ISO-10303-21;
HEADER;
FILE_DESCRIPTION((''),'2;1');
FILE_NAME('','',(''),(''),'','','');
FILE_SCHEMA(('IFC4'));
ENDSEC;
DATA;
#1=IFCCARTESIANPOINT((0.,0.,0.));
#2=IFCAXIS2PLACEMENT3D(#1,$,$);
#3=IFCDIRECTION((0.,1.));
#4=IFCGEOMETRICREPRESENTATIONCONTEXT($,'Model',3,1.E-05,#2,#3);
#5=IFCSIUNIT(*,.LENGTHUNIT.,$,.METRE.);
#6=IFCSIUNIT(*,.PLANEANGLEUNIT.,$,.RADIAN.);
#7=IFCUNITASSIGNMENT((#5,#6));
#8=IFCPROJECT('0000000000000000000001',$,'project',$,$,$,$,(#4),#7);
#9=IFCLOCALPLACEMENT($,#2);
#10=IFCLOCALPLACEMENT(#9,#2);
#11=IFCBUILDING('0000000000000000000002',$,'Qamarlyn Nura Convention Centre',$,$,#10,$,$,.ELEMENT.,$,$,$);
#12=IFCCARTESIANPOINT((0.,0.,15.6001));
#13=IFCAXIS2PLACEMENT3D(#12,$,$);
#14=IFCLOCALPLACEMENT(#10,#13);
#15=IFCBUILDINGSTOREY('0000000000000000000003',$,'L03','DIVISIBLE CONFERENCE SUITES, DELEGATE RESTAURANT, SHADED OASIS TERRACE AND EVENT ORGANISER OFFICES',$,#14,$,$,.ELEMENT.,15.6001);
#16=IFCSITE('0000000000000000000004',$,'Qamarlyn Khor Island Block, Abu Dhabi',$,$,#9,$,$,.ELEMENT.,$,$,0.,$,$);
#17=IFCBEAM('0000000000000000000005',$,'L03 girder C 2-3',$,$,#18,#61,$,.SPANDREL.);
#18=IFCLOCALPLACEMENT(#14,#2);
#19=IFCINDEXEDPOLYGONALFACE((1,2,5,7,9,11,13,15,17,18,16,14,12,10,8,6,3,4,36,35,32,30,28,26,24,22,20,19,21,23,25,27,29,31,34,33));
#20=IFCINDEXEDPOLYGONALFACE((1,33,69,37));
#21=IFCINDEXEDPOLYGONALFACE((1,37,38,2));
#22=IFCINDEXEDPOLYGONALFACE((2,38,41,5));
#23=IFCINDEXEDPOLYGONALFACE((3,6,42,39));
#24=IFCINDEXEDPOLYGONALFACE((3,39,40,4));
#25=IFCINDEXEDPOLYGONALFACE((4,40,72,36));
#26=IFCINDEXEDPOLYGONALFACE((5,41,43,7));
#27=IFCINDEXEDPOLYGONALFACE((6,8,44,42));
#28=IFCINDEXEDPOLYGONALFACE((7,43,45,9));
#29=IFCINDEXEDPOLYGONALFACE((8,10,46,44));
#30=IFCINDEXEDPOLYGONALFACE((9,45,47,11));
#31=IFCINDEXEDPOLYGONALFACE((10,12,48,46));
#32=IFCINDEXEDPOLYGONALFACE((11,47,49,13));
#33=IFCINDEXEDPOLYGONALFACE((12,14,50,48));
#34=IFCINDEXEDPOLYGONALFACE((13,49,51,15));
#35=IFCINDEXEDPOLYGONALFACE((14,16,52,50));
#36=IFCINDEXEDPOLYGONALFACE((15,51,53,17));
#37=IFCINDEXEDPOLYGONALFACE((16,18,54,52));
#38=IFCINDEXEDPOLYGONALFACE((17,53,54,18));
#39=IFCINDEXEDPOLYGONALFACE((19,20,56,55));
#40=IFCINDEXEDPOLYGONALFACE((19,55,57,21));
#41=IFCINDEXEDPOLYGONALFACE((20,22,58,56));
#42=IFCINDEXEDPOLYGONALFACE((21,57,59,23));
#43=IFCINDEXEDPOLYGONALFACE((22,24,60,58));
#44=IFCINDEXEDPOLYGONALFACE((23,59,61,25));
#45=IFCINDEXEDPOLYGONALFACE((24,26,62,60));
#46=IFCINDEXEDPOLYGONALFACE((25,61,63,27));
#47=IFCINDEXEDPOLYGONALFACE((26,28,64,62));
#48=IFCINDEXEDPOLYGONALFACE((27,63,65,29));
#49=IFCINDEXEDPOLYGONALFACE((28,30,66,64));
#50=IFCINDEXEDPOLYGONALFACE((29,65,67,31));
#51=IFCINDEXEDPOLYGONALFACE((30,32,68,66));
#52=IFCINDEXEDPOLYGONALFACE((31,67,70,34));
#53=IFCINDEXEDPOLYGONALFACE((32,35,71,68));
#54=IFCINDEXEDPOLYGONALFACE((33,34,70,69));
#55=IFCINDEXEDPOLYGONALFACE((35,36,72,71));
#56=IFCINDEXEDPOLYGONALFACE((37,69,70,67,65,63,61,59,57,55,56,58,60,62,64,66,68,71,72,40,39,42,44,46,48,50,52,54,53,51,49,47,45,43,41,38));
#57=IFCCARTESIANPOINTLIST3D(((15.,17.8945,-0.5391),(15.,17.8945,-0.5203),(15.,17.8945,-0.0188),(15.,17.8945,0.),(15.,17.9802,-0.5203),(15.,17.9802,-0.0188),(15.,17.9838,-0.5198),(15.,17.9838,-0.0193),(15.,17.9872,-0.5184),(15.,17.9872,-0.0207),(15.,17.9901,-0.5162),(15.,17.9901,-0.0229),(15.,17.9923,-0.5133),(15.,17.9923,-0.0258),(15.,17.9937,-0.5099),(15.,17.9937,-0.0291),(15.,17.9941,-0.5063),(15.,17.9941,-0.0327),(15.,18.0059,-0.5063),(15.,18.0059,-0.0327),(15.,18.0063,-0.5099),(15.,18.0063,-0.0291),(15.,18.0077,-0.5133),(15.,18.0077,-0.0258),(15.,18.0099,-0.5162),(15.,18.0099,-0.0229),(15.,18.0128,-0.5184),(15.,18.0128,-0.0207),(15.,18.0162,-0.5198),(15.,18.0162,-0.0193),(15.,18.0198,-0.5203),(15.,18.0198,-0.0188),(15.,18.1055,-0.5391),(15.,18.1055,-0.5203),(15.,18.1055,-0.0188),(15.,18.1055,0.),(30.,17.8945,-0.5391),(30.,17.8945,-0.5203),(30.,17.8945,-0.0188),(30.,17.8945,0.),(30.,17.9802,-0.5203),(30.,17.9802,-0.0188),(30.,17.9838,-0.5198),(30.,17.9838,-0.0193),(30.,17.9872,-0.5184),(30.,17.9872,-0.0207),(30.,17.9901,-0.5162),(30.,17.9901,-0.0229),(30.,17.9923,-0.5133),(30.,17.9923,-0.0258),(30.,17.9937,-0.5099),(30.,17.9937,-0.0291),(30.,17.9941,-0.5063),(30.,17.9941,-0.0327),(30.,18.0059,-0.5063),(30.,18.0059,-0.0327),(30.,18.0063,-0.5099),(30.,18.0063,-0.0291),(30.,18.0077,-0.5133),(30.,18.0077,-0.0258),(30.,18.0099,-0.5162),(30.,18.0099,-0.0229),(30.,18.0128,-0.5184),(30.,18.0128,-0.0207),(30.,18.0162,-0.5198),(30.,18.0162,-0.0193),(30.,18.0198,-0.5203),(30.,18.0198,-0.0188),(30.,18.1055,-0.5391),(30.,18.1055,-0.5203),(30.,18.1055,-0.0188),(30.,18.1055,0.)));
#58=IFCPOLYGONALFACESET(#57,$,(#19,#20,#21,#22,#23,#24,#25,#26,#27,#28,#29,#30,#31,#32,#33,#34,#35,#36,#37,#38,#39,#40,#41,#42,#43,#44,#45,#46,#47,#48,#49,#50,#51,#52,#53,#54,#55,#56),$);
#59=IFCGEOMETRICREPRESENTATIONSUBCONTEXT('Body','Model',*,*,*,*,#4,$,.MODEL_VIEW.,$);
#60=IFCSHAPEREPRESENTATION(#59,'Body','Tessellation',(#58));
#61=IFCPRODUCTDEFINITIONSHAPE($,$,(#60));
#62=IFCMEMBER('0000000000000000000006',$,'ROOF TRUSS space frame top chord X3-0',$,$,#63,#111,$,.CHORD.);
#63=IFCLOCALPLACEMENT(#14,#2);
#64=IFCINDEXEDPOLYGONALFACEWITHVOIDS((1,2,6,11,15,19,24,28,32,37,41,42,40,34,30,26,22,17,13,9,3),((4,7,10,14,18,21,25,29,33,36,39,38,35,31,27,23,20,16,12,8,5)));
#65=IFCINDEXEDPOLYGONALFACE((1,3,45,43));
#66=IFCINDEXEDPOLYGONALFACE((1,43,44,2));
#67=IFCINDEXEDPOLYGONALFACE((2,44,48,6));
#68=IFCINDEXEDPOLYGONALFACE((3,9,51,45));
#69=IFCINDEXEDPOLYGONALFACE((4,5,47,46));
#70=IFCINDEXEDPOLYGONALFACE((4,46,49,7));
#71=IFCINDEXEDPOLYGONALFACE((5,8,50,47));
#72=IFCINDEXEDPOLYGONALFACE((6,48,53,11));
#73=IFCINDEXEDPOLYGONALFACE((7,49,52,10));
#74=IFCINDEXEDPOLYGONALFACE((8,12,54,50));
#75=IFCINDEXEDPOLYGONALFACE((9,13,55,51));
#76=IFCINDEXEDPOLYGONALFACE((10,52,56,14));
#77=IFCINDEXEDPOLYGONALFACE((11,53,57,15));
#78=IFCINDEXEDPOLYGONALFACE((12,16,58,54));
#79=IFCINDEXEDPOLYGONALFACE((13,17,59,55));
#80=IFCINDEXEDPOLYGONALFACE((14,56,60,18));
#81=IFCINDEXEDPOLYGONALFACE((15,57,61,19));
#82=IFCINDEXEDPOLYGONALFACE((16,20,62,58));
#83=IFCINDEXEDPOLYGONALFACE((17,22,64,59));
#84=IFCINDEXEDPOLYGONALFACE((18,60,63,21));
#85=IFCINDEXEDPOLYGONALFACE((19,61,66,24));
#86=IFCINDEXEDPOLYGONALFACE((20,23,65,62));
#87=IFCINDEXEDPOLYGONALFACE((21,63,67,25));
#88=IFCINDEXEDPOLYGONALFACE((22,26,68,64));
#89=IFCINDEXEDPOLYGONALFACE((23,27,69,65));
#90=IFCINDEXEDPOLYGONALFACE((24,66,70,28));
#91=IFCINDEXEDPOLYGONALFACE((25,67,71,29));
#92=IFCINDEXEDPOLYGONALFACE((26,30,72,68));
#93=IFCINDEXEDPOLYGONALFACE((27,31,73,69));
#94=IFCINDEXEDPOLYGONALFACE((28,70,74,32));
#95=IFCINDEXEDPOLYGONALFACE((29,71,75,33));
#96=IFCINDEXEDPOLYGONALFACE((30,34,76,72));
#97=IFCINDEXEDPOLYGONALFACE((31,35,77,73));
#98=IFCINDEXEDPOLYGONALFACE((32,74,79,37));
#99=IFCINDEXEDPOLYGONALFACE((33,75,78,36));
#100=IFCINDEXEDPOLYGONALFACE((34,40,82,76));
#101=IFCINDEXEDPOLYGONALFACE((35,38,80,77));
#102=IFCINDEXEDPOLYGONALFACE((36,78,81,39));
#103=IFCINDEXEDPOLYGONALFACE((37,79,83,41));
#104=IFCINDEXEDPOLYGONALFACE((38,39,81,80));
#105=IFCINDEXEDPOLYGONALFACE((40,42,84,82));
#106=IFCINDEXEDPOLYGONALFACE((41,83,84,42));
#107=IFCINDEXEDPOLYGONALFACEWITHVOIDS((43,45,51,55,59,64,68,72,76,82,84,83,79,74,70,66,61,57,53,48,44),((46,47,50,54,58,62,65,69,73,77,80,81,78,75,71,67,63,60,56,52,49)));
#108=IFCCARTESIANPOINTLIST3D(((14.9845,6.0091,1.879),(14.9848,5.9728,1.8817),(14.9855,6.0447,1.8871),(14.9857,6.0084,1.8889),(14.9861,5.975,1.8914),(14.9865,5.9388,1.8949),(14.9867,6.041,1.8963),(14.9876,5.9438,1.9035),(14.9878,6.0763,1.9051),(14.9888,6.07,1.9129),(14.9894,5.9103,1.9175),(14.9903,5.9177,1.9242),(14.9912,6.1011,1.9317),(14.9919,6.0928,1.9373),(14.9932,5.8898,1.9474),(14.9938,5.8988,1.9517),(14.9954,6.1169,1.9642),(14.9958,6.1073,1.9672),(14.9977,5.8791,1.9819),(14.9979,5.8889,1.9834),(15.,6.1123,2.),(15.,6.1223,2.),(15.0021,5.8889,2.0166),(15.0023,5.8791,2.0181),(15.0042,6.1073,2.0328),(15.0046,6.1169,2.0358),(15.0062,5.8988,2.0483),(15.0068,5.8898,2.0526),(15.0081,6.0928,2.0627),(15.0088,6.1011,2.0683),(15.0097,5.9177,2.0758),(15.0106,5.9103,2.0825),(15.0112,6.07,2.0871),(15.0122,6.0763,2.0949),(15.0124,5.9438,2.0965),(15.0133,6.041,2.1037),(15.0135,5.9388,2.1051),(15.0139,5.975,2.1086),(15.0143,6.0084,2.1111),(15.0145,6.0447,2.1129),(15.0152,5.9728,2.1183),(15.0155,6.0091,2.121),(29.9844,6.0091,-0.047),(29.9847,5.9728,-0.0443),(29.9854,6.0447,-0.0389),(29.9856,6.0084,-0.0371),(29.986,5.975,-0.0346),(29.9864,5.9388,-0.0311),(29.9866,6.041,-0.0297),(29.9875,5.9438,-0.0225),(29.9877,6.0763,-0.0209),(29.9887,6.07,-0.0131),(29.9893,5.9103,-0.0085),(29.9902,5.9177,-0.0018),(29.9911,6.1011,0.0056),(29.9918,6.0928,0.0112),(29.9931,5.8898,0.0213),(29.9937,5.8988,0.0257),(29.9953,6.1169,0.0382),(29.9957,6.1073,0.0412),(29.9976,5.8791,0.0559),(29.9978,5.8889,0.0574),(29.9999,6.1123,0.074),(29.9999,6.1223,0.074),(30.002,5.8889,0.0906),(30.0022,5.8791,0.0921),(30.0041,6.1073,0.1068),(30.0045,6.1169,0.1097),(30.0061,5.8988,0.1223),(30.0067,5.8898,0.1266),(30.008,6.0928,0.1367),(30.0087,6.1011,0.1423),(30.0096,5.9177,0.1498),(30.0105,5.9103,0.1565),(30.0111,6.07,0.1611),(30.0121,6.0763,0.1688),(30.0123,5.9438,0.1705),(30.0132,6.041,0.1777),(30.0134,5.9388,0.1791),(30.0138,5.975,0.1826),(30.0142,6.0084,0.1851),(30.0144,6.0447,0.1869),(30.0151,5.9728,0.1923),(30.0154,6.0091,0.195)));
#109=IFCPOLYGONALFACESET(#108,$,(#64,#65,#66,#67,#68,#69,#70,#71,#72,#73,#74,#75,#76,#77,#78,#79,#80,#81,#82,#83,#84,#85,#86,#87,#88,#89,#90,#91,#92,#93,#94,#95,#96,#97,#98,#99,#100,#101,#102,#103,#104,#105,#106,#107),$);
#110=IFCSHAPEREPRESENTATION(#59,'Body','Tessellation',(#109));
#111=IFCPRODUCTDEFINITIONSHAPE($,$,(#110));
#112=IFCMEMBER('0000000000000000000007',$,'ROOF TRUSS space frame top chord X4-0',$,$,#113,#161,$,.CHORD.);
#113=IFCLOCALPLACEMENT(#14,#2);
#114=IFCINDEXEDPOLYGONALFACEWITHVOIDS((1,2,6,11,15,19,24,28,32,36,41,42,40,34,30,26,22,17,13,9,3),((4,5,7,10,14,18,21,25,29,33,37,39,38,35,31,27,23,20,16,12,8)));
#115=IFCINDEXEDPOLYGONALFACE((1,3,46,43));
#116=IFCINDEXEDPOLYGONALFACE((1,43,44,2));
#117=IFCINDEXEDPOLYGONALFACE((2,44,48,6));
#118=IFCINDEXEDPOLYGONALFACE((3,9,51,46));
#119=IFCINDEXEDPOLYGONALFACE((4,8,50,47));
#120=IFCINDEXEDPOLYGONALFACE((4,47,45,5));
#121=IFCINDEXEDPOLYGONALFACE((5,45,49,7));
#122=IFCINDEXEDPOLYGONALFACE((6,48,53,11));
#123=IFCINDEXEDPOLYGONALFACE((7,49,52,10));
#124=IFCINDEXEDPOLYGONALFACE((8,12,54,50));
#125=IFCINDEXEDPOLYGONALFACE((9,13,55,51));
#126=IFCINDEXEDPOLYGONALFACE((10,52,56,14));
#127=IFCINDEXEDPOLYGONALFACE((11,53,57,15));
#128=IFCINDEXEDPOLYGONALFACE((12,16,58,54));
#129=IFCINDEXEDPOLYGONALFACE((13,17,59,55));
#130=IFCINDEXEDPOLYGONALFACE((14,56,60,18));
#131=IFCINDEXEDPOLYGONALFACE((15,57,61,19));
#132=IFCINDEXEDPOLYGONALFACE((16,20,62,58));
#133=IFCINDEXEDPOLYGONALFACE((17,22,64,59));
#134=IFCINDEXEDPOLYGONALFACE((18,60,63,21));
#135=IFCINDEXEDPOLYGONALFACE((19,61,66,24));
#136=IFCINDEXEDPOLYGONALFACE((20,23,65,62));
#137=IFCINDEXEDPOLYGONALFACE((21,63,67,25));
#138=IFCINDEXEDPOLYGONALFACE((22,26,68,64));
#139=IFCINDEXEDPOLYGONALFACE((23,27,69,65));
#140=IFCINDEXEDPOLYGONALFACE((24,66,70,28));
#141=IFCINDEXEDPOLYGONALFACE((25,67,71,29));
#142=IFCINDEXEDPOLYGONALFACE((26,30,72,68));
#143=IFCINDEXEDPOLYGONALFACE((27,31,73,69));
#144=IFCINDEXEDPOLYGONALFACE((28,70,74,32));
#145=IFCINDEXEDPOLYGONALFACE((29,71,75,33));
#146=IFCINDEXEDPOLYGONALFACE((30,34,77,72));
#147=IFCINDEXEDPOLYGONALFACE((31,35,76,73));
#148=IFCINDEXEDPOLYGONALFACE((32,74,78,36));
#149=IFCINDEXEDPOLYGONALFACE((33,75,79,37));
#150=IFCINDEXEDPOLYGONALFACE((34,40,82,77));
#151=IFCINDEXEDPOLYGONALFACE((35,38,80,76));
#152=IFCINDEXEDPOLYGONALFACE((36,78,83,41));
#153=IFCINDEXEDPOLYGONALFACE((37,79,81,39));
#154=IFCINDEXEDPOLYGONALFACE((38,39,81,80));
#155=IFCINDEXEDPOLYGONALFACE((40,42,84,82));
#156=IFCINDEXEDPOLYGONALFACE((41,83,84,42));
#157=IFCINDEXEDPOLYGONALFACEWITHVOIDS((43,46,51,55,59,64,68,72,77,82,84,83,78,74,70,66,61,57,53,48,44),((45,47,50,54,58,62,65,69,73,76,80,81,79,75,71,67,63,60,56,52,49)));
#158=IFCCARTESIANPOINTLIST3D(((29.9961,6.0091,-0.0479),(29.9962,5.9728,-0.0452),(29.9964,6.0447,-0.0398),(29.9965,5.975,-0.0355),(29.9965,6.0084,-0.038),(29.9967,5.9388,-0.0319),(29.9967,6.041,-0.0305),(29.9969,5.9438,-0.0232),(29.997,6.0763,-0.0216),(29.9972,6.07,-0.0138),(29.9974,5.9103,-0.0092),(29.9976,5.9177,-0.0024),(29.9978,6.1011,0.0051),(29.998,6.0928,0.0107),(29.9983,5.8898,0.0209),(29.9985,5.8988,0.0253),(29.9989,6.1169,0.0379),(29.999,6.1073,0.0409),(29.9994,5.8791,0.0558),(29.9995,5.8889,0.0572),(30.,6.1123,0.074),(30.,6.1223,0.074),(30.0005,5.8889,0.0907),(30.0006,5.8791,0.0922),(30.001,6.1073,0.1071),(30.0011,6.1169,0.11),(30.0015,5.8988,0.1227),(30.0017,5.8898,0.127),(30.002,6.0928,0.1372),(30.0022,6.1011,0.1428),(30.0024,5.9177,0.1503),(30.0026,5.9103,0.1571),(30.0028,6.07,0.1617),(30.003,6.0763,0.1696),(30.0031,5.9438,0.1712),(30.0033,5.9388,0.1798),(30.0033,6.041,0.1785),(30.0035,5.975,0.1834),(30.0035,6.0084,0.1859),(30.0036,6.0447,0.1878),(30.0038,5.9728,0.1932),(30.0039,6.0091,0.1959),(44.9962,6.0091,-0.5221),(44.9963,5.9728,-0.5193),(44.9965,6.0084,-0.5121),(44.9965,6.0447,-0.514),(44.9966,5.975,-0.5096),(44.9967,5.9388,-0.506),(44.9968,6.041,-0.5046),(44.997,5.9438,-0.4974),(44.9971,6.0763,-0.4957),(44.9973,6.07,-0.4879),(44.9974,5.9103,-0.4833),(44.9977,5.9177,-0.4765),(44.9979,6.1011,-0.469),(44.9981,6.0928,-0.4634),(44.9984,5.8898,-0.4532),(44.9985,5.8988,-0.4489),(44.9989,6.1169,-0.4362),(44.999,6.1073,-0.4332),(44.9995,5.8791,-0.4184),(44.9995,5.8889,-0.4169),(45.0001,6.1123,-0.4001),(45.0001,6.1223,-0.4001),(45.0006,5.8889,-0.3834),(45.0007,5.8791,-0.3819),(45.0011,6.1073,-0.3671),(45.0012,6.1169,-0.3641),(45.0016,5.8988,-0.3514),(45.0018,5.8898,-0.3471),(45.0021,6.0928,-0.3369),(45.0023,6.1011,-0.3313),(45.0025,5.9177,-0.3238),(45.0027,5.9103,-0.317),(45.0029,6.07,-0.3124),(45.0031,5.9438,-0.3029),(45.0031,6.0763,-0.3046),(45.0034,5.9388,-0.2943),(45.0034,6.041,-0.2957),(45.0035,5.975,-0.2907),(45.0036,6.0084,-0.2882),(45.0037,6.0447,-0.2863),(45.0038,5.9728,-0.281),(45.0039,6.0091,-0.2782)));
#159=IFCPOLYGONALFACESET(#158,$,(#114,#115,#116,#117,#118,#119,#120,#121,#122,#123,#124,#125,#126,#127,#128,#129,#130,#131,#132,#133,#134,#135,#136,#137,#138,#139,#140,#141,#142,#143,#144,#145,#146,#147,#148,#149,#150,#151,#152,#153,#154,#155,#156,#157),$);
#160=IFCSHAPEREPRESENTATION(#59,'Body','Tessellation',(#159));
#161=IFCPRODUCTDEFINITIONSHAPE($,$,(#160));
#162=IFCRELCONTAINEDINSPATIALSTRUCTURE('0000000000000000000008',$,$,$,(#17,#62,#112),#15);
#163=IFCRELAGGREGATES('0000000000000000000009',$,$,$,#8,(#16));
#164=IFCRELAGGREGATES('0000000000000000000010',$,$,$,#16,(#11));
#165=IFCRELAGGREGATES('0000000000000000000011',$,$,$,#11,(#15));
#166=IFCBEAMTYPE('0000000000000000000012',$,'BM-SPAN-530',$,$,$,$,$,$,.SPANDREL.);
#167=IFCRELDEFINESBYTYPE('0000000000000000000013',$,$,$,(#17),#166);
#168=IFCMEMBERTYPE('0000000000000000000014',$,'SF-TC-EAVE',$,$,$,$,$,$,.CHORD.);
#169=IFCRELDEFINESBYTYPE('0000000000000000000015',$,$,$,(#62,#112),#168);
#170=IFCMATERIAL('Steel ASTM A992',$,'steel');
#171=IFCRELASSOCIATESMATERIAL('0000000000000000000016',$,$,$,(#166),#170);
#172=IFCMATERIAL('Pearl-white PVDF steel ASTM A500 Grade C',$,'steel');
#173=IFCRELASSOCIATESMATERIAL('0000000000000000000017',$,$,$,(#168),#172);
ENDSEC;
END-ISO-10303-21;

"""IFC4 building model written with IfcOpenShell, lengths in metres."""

from ifc_helpers import new_model, si_unit, direction, frame, origin, origin_2d, place, context, subcontext, project, spatial, hollow_circle, i_section, extrude, material, material_profile, profile_set, type_object, element, save


model = new_model("IFC4")

# Units and contexts
model_context = context("Model", 3, precision=1e-05, world=origin(), true_north=direction((0.0, 1.0)))
body_context = subcontext(model_context, "Body", "Model", "MODEL_VIEW")
ifc_project = project(units=[si_unit("LENGTHUNIT", "METRE"), si_unit("PLANEANGLEUNIT", "RADIAN")], contexts=[model_context])

# Site, building, storey
site_placement = place(None, origin())
site = spatial("IfcSite", under=ifc_project, at=site_placement, Name="Qamarlyn Khor Island Block, Abu Dhabi", CompositionType="ELEMENT", RefElevation=0.0)
building_placement = place(site_placement, origin())
building = spatial("IfcBuilding", under=site, at=building_placement, Name="Qamarlyn Nura Convention Centre", CompositionType="ELEMENT")
storey_placement = place(building_placement, frame((0.0, 0.0, 15.6001)))
storey = spatial("IfcBuildingStorey", under=building, at=storey_placement, Name="L03", Description="DIVISIBLE CONFERENCE SUITES, DELEGATE RESTAURANT, SHADED OASIS TERRACE AND EVENT ORGANISER OFFICES", CompositionType="ELEMENT", Elevation=15.6001)

# Beam
ifc_material_1 = material(Name="Steel ASTM A992", Category="steel")
ifc_material_profile_1 = material_profile(ifc_material_1, i_section(OverallWidth=0.2109, OverallDepth=0.5391, WebThickness=0.0117, FlangeThickness=0.0188, FilletRadius=0.0139, at=origin_2d()), Name="W530X109")
ifc_profile_set_1 = profile_set([ifc_material_profile_1], Name="Steel ASTM A992")
beam_type = type_object("IfcBeamType", Name="BM-SPAN-530", PredefinedType="SPANDREL", material=ifc_profile_set_1)
beam_placement = place(storey_placement, frame((15.0, 18.0, -0.2695), z_axis=(1.0, 0.0, 0.0), x_axis=(0.0, 1.0, 0.0)))
element("IfcBeam", 1, at=beam_placement, inside=storey, type_object=beam_type, Name="L03 girder C 2-3", PredefinedType="SPANDREL", context=body_context, shape_type="SweptSolid", body=[
    extrude(i_section(OverallWidth=0.2109, OverallDepth=0.5391, WebThickness=0.0117, FlangeThickness=0.0188, FilletRadius=0.0139, at=origin_2d()), origin(), (0.0, 0.0, 1.0), 15.0),
])

# Members
ifc_material_2 = material(Name="Pearl-white PVDF steel ASTM A500 Grade C", Category="steel")
ifc_material_profile_2 = material_profile(ifc_material_2, hollow_circle(Radius=0.1223, WallThickness=0.01, at=origin_2d()), Name="CHS244.5X10")
ifc_profile_set_2 = profile_set([ifc_material_profile_2], Name="Pearl-white PVDF steel ASTM A500 Grade C")
member_type_1 = type_object("IfcMemberType", Name="SF-TC-EAVE", PredefinedType="CHORD", material=ifc_profile_set_2)
member_1_placement = place(storey_placement, frame((15.0, 6.0, 2.0), z_axis=(0.991857, 0.0, -0.127356), x_axis=(0.0, 1.0, 0.0)))
element("IfcMember", 2, at=member_1_placement, inside=storey, type_object=member_type_1, Name="ROOF TRUSS space frame top chord X3-0", PredefinedType="CHORD", context=body_context, shape_type="SweptSolid", body=[
    extrude(hollow_circle(Radius=0.1223, WallThickness=0.01, at=origin_2d()), origin(), (0.0, 0.0, 1.0), 15.123),
])
member_2_placement = place(storey_placement, frame((30.0, 6.0, 0.074), z_axis=(0.999501, 0.0, -0.031592), x_axis=(0.0, 1.0, 0.0)))
element("IfcMember", 3, at=member_2_placement, inside=storey, type_object=member_type_1, Name="ROOF TRUSS space frame top chord X4-0", PredefinedType="CHORD", context=body_context, shape_type="SweptSolid", body=[
    extrude(hollow_circle(Radius=0.1223, WallThickness=0.01, at=origin_2d()), origin(), (0.0, 0.0, 1.0), 15.0076),
])

save(model, "model.ifc")
